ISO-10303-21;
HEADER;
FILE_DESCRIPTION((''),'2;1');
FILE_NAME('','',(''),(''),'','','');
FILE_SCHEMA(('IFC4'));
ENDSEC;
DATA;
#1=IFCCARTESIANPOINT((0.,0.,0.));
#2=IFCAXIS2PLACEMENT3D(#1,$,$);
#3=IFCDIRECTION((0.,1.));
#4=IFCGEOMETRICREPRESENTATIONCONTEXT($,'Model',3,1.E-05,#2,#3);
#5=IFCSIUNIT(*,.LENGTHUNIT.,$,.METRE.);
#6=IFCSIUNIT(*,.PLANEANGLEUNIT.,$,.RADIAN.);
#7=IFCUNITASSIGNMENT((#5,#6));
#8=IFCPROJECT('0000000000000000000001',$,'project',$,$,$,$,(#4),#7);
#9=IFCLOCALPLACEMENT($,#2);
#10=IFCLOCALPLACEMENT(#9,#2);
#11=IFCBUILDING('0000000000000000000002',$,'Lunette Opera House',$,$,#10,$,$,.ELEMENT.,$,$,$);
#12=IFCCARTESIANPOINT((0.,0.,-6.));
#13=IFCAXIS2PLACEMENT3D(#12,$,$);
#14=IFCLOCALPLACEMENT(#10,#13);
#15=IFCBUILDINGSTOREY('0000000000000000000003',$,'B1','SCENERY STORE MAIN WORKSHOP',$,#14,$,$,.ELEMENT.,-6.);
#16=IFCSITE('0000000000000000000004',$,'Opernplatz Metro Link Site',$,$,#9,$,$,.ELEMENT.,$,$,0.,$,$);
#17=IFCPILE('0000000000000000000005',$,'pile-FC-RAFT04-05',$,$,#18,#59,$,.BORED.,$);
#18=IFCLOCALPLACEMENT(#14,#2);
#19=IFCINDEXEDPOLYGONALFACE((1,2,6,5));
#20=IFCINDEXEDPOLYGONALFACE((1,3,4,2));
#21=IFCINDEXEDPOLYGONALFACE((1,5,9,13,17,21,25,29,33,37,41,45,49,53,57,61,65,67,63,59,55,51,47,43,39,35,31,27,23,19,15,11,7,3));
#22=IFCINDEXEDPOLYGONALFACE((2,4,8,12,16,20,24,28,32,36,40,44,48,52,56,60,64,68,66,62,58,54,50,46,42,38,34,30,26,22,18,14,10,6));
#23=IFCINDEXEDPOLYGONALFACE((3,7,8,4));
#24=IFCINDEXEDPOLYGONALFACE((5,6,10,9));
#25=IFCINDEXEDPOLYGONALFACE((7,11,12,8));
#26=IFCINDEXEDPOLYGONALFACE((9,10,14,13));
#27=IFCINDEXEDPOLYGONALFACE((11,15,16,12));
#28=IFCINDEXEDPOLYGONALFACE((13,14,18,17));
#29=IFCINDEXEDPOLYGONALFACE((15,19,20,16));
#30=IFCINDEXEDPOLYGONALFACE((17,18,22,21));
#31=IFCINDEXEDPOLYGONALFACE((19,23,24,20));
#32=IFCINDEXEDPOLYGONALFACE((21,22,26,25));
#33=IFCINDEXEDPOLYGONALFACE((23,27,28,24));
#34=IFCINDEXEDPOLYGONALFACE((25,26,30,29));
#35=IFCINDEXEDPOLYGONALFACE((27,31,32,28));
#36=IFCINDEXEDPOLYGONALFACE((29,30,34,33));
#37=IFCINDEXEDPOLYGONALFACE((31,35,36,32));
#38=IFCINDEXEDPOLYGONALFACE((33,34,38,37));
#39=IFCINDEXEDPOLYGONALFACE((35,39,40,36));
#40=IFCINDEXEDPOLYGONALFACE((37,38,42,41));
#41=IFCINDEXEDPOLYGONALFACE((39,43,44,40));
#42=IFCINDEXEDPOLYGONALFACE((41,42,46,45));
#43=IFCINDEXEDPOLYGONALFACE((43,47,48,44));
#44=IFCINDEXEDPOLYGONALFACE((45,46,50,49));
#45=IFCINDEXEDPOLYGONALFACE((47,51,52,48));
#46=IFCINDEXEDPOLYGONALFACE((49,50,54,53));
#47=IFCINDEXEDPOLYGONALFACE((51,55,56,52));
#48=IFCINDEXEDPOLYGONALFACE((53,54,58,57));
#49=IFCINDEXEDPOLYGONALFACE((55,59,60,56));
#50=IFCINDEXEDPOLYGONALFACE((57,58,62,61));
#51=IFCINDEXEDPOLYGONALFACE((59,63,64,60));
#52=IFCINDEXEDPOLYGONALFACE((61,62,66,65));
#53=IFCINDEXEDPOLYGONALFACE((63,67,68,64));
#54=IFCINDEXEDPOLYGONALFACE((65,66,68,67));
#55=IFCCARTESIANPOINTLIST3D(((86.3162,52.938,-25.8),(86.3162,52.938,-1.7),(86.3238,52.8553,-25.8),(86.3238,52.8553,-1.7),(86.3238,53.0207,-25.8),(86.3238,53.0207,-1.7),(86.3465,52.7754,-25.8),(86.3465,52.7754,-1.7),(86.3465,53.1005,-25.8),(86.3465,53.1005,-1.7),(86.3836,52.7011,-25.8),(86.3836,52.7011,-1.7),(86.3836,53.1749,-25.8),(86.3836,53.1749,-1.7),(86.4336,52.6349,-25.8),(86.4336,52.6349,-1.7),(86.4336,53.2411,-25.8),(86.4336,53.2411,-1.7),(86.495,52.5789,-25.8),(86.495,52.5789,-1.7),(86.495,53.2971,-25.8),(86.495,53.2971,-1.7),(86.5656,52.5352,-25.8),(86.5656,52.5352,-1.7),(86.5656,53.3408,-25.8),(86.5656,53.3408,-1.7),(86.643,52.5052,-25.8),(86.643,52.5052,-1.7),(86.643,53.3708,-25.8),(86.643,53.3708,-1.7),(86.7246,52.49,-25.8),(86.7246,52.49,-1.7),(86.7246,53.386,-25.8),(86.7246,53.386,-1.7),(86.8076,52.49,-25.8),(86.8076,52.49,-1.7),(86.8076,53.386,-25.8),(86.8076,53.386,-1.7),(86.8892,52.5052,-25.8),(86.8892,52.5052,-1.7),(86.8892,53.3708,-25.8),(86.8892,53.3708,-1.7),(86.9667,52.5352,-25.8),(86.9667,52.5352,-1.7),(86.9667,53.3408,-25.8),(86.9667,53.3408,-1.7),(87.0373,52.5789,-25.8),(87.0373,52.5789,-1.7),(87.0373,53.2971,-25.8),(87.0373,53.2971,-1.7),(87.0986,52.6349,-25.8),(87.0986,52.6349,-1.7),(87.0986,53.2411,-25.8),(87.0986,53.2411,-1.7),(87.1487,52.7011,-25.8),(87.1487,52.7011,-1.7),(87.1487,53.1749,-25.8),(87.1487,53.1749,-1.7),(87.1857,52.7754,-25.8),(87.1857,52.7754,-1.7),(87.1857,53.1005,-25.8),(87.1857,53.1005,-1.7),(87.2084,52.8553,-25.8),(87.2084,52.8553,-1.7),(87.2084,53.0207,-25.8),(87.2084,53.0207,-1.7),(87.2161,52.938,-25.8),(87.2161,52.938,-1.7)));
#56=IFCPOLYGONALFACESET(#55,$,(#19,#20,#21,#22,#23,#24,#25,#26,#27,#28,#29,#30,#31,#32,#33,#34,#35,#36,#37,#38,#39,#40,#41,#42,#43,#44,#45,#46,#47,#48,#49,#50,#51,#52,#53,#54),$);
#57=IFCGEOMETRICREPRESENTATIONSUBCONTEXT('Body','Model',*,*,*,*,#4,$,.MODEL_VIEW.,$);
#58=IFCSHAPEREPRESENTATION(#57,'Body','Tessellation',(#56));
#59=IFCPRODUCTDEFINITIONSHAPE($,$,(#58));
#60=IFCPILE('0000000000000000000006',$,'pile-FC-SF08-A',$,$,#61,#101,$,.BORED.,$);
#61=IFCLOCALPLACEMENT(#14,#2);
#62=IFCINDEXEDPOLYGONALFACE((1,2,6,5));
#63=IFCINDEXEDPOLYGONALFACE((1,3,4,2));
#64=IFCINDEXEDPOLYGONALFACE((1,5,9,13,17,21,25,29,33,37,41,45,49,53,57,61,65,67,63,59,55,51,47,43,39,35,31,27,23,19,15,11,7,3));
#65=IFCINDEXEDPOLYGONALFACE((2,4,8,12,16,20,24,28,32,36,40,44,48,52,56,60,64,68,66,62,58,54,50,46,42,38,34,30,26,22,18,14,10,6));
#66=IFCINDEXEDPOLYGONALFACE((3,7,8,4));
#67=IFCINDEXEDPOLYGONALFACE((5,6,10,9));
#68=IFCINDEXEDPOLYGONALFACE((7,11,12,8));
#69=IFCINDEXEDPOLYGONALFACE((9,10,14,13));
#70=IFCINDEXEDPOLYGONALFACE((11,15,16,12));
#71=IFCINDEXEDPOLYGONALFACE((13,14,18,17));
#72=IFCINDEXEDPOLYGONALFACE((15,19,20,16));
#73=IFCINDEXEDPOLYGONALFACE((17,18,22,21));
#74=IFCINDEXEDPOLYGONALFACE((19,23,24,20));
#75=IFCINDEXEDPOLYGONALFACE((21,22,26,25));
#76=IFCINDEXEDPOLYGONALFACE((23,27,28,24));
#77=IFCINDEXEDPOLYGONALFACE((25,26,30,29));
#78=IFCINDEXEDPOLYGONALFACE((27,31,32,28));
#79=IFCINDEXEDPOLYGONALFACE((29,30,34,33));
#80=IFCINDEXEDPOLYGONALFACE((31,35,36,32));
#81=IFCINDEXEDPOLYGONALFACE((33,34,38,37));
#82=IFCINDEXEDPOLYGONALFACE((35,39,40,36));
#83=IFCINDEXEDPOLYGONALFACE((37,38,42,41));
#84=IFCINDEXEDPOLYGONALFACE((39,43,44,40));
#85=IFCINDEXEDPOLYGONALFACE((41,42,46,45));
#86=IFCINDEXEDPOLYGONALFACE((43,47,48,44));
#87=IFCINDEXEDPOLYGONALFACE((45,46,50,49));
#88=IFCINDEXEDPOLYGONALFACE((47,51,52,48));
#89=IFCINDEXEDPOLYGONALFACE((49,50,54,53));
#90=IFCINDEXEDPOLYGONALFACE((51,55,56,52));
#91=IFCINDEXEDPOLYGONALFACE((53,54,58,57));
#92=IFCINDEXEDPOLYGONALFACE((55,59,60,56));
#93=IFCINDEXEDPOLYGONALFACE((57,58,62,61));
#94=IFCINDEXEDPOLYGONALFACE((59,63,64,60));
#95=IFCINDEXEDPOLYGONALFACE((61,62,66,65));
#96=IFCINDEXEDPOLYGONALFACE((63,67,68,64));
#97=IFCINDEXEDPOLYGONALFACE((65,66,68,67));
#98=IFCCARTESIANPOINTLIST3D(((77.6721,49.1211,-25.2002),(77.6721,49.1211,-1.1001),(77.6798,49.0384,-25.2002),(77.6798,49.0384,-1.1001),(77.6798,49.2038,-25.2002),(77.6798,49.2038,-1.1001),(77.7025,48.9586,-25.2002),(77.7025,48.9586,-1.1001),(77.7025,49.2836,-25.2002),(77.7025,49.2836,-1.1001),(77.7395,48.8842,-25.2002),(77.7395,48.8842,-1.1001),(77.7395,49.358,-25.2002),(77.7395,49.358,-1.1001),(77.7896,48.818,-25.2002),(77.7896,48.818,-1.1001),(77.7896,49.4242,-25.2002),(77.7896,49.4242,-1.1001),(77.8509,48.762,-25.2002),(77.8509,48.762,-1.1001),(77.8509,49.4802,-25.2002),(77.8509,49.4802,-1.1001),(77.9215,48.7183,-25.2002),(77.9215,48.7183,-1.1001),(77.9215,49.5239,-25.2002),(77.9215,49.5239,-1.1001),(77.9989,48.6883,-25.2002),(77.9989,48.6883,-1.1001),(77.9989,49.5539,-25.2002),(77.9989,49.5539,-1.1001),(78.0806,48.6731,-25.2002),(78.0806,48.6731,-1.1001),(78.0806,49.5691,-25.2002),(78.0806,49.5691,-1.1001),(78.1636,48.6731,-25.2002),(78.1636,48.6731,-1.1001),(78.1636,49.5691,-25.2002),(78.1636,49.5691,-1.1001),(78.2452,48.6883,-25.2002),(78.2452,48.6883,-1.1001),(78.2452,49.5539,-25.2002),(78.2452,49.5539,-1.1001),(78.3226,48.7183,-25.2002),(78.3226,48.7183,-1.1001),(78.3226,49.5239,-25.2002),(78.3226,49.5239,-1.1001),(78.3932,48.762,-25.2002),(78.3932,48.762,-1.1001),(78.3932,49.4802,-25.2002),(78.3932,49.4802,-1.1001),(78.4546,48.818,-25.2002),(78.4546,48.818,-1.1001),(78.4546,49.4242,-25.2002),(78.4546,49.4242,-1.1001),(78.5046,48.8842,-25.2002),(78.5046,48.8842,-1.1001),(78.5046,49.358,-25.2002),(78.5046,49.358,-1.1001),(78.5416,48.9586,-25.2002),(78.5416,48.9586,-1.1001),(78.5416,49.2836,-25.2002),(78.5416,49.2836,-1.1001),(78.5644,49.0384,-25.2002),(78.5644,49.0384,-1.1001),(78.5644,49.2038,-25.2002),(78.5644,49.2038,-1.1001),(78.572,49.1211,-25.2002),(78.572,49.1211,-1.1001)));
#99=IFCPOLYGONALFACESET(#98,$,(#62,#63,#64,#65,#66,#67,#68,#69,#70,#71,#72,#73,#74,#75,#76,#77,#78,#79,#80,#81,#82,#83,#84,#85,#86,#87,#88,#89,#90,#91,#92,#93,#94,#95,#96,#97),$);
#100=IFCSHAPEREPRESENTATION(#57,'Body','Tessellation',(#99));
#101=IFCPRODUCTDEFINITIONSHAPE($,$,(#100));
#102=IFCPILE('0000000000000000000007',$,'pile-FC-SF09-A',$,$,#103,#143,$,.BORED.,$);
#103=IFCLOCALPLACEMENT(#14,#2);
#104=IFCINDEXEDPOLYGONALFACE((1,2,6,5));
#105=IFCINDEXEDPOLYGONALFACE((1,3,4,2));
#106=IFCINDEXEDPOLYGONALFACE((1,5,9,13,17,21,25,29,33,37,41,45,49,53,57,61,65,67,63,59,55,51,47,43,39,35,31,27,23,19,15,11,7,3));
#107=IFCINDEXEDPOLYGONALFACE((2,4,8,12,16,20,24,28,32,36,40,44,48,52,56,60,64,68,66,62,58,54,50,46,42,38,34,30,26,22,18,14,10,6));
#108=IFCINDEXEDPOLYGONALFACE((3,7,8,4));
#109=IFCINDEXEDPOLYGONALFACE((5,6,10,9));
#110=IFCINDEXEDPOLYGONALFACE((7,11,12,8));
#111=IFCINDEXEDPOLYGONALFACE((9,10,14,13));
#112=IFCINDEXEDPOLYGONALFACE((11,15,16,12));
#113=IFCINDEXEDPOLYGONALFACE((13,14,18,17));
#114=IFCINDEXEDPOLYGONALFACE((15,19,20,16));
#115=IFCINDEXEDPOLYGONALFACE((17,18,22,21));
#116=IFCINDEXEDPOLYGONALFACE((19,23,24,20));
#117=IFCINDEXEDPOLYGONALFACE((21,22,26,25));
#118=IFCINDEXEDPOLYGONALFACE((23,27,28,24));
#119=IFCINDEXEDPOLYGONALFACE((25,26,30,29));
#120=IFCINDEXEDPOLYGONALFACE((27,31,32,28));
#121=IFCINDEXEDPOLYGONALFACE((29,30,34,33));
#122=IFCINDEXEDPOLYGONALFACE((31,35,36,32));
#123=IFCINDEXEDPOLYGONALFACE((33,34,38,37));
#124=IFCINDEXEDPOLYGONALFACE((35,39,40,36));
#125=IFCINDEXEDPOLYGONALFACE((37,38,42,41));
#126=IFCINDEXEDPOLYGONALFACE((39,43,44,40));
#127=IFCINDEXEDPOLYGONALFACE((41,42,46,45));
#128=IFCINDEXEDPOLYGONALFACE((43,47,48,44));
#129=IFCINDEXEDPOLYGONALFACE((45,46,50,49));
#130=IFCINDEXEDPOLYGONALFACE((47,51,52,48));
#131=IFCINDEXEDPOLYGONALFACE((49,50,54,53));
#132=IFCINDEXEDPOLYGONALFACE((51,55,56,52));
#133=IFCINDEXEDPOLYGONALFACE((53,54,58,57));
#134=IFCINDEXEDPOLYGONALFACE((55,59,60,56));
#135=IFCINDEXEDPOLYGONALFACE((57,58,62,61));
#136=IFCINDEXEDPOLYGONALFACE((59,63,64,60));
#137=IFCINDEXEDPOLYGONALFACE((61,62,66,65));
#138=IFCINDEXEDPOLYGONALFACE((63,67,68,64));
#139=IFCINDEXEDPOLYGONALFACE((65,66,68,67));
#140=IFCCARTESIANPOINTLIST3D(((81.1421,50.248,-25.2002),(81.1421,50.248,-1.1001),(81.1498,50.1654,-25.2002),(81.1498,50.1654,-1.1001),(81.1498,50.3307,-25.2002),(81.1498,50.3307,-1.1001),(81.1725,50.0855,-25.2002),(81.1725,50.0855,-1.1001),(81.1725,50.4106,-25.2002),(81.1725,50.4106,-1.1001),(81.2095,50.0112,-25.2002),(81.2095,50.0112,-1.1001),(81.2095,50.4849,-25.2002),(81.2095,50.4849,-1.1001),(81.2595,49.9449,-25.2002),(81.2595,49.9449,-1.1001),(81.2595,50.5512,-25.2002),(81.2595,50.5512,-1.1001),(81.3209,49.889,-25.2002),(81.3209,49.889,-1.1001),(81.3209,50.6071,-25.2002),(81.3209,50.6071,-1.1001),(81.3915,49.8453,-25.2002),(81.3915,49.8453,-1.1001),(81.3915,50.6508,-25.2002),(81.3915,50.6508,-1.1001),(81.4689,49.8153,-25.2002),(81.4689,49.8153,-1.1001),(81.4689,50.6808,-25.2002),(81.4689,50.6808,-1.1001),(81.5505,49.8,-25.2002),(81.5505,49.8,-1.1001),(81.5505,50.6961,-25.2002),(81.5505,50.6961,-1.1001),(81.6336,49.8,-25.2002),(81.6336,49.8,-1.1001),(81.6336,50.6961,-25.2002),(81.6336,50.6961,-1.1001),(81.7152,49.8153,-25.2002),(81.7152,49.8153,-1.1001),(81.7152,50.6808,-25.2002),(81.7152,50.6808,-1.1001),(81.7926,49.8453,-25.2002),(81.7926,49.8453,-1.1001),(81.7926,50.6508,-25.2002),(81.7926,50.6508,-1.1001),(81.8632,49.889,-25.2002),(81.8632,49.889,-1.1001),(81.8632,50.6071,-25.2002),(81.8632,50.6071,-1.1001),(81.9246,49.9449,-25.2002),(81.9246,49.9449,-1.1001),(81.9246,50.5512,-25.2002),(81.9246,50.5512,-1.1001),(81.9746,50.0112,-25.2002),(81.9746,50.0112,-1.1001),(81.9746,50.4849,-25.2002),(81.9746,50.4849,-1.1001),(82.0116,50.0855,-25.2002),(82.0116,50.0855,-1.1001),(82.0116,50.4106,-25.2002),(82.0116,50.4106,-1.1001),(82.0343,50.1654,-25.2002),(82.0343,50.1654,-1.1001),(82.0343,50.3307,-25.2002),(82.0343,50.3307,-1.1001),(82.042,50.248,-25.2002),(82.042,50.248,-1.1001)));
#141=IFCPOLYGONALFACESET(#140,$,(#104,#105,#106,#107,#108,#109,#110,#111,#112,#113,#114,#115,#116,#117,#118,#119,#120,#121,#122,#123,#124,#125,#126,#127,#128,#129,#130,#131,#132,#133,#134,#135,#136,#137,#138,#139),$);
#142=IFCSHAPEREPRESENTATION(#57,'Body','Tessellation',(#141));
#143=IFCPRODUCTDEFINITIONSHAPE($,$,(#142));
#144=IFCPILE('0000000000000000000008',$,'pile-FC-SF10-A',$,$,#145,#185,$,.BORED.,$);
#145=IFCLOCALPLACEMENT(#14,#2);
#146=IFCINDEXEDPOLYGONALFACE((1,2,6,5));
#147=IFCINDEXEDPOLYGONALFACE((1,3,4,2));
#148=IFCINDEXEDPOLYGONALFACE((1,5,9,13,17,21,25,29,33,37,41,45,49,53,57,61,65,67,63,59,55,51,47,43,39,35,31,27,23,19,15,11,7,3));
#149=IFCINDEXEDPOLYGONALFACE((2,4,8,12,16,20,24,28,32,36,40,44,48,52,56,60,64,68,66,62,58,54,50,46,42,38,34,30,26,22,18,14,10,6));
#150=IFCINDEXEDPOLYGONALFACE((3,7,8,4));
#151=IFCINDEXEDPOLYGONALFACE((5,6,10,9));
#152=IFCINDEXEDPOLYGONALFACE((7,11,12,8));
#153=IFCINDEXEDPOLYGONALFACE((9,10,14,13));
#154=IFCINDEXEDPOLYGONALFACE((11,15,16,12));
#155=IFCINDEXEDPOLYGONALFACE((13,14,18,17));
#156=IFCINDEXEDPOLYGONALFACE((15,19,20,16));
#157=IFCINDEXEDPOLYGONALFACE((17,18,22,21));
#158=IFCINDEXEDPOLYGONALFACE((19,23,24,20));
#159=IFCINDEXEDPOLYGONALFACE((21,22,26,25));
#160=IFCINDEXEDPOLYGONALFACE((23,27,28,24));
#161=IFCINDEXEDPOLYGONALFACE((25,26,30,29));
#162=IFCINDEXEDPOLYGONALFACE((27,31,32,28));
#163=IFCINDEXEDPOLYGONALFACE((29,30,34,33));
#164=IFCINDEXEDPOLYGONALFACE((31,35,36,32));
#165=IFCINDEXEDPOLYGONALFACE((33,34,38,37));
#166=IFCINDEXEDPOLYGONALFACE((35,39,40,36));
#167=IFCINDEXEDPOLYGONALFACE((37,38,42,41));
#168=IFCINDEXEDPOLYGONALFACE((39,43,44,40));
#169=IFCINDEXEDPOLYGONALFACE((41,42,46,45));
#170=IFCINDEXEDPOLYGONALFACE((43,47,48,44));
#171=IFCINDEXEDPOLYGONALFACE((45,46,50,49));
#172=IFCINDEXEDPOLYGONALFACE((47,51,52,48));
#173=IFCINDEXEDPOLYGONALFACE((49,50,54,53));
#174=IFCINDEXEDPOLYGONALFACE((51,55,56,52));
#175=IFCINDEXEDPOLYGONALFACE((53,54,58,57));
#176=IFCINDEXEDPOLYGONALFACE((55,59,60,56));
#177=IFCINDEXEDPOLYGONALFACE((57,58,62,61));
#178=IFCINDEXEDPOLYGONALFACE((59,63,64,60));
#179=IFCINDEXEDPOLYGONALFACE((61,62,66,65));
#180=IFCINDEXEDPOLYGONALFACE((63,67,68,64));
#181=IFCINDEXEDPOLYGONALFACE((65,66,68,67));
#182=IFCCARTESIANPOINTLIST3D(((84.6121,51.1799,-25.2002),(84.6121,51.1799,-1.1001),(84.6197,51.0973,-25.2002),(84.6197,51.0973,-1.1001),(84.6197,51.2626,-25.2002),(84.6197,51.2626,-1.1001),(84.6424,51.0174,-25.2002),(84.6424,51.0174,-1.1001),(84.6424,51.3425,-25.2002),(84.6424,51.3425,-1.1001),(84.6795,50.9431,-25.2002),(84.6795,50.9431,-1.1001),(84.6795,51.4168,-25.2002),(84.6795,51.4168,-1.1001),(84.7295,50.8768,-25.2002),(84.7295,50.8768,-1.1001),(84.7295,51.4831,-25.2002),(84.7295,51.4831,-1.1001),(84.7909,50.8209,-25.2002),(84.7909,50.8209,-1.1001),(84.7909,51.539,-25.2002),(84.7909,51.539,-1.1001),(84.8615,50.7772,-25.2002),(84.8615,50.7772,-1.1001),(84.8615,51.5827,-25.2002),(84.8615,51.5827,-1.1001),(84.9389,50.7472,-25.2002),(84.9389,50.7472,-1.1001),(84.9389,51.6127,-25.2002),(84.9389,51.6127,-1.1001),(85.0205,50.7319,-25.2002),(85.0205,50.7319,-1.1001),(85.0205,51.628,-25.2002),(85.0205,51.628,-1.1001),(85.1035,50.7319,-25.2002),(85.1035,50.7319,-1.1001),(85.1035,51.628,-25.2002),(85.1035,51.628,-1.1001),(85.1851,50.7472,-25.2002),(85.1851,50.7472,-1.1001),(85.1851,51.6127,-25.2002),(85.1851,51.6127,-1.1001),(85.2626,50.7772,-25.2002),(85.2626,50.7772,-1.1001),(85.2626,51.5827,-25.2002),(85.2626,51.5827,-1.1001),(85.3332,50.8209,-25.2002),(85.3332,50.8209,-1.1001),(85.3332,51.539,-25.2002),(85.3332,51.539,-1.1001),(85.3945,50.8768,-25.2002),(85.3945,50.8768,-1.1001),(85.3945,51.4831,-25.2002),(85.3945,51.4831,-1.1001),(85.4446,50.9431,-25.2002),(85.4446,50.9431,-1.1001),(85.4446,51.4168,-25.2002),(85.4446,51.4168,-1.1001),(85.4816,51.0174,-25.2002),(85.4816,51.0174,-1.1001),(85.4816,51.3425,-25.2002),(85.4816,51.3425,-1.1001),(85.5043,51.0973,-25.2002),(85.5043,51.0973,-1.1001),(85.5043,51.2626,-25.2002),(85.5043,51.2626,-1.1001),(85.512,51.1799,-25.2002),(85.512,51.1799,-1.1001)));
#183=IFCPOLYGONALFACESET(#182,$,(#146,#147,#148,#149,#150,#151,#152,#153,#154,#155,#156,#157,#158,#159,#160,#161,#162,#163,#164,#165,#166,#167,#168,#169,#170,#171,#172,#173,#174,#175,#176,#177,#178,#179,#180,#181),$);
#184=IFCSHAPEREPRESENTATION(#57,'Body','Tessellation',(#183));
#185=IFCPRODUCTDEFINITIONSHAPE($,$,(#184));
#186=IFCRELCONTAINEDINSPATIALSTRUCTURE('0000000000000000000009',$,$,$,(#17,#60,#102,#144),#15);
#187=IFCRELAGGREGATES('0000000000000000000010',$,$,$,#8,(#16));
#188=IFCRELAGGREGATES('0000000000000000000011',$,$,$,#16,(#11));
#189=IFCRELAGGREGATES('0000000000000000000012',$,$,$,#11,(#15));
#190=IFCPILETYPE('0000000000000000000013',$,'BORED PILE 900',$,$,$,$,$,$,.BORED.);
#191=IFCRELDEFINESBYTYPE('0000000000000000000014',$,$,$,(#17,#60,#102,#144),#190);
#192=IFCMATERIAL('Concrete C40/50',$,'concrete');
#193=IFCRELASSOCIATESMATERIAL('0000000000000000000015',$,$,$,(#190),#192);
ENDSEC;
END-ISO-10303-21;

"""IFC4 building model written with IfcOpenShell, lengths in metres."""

from ifc_helpers import new_model, si_unit, direction, frame, origin, origin_2d, place, context, subcontext, project, spatial, circle, extrude, material, material_profile, profile_set, type_object, element, save


model = new_model("IFC4")

# Units and contexts
model_context = context("Model", 3, precision=1e-05, world=origin(), true_north=direction((0.0, 1.0)))
body_context = subcontext(model_context, "Body", "Model", "MODEL_VIEW")
ifc_project = project(units=[si_unit("LENGTHUNIT", "METRE"), si_unit("PLANEANGLEUNIT", "RADIAN")], contexts=[model_context])

# Site, building, storey
site_placement = place(None, origin())
site = spatial("IfcSite", under=ifc_project, at=site_placement, Name="Opernplatz Metro Link Site", CompositionType="ELEMENT", RefElevation=0.0)
building_placement = place(site_placement, origin())
building = spatial("IfcBuilding", under=site, at=building_placement, Name="Lunette Opera House", CompositionType="ELEMENT")
storey_placement = place(building_placement, frame((0.0, 0.0, -6.0)))
storey = spatial("IfcBuildingStorey", under=building, at=storey_placement, Name="B1", Description="SCENERY STORE MAIN WORKSHOP", CompositionType="ELEMENT", Elevation=-6.0)

# Piles
ifc_material_1 = material(Name="Concrete C40/50", Category="concrete")
ifc_material_profile_1 = material_profile(ifc_material_1, circle(Radius=0.45, at=origin_2d()), Name="BORED PILE 900")
ifc_profile_set_1 = profile_set([ifc_material_profile_1], Name="Concrete C40/50")
pile_type = type_object("IfcPileType", Name="BORED PILE 900", PredefinedType="BORED", material=ifc_profile_set_1)
for number, where, z_axis, x_axis, name in (
    (1, (86.7661, 52.938, -1.7), (0.0, 0.0, -1.0), (1.0, 0.0, 0.0), "pile-FC-RAFT04-05"),
    (2, (78.1221, 49.1211, -1.1001), (0.0, 0.0, -1.0), (1.0, 0.0, 0.0), "pile-FC-SF08-A"),
    (3, (81.592, 50.248, -1.1001), (0.0, 0.0, -1.0), (1.0, 0.0, 0.0), "pile-FC-SF09-A"),
    (4, (85.062, 51.1799, -1.1001), (0.0, 0.0, -1.0), (1.0, 0.0, 0.0), "pile-FC-SF10-A"),
):
    element("IfcPile", number, at=place(storey_placement, frame(where, z_axis=z_axis, x_axis=x_axis)), inside=storey, type_object=pile_type, Name=name, PredefinedType="BORED", context=body_context, shape_type="SweptSolid", body=[
        extrude(circle(Radius=0.45, at=origin_2d()), origin(), (0.0, 0.0, 1.0), 24.1001),
    ])

save(model, "model.ifc")
